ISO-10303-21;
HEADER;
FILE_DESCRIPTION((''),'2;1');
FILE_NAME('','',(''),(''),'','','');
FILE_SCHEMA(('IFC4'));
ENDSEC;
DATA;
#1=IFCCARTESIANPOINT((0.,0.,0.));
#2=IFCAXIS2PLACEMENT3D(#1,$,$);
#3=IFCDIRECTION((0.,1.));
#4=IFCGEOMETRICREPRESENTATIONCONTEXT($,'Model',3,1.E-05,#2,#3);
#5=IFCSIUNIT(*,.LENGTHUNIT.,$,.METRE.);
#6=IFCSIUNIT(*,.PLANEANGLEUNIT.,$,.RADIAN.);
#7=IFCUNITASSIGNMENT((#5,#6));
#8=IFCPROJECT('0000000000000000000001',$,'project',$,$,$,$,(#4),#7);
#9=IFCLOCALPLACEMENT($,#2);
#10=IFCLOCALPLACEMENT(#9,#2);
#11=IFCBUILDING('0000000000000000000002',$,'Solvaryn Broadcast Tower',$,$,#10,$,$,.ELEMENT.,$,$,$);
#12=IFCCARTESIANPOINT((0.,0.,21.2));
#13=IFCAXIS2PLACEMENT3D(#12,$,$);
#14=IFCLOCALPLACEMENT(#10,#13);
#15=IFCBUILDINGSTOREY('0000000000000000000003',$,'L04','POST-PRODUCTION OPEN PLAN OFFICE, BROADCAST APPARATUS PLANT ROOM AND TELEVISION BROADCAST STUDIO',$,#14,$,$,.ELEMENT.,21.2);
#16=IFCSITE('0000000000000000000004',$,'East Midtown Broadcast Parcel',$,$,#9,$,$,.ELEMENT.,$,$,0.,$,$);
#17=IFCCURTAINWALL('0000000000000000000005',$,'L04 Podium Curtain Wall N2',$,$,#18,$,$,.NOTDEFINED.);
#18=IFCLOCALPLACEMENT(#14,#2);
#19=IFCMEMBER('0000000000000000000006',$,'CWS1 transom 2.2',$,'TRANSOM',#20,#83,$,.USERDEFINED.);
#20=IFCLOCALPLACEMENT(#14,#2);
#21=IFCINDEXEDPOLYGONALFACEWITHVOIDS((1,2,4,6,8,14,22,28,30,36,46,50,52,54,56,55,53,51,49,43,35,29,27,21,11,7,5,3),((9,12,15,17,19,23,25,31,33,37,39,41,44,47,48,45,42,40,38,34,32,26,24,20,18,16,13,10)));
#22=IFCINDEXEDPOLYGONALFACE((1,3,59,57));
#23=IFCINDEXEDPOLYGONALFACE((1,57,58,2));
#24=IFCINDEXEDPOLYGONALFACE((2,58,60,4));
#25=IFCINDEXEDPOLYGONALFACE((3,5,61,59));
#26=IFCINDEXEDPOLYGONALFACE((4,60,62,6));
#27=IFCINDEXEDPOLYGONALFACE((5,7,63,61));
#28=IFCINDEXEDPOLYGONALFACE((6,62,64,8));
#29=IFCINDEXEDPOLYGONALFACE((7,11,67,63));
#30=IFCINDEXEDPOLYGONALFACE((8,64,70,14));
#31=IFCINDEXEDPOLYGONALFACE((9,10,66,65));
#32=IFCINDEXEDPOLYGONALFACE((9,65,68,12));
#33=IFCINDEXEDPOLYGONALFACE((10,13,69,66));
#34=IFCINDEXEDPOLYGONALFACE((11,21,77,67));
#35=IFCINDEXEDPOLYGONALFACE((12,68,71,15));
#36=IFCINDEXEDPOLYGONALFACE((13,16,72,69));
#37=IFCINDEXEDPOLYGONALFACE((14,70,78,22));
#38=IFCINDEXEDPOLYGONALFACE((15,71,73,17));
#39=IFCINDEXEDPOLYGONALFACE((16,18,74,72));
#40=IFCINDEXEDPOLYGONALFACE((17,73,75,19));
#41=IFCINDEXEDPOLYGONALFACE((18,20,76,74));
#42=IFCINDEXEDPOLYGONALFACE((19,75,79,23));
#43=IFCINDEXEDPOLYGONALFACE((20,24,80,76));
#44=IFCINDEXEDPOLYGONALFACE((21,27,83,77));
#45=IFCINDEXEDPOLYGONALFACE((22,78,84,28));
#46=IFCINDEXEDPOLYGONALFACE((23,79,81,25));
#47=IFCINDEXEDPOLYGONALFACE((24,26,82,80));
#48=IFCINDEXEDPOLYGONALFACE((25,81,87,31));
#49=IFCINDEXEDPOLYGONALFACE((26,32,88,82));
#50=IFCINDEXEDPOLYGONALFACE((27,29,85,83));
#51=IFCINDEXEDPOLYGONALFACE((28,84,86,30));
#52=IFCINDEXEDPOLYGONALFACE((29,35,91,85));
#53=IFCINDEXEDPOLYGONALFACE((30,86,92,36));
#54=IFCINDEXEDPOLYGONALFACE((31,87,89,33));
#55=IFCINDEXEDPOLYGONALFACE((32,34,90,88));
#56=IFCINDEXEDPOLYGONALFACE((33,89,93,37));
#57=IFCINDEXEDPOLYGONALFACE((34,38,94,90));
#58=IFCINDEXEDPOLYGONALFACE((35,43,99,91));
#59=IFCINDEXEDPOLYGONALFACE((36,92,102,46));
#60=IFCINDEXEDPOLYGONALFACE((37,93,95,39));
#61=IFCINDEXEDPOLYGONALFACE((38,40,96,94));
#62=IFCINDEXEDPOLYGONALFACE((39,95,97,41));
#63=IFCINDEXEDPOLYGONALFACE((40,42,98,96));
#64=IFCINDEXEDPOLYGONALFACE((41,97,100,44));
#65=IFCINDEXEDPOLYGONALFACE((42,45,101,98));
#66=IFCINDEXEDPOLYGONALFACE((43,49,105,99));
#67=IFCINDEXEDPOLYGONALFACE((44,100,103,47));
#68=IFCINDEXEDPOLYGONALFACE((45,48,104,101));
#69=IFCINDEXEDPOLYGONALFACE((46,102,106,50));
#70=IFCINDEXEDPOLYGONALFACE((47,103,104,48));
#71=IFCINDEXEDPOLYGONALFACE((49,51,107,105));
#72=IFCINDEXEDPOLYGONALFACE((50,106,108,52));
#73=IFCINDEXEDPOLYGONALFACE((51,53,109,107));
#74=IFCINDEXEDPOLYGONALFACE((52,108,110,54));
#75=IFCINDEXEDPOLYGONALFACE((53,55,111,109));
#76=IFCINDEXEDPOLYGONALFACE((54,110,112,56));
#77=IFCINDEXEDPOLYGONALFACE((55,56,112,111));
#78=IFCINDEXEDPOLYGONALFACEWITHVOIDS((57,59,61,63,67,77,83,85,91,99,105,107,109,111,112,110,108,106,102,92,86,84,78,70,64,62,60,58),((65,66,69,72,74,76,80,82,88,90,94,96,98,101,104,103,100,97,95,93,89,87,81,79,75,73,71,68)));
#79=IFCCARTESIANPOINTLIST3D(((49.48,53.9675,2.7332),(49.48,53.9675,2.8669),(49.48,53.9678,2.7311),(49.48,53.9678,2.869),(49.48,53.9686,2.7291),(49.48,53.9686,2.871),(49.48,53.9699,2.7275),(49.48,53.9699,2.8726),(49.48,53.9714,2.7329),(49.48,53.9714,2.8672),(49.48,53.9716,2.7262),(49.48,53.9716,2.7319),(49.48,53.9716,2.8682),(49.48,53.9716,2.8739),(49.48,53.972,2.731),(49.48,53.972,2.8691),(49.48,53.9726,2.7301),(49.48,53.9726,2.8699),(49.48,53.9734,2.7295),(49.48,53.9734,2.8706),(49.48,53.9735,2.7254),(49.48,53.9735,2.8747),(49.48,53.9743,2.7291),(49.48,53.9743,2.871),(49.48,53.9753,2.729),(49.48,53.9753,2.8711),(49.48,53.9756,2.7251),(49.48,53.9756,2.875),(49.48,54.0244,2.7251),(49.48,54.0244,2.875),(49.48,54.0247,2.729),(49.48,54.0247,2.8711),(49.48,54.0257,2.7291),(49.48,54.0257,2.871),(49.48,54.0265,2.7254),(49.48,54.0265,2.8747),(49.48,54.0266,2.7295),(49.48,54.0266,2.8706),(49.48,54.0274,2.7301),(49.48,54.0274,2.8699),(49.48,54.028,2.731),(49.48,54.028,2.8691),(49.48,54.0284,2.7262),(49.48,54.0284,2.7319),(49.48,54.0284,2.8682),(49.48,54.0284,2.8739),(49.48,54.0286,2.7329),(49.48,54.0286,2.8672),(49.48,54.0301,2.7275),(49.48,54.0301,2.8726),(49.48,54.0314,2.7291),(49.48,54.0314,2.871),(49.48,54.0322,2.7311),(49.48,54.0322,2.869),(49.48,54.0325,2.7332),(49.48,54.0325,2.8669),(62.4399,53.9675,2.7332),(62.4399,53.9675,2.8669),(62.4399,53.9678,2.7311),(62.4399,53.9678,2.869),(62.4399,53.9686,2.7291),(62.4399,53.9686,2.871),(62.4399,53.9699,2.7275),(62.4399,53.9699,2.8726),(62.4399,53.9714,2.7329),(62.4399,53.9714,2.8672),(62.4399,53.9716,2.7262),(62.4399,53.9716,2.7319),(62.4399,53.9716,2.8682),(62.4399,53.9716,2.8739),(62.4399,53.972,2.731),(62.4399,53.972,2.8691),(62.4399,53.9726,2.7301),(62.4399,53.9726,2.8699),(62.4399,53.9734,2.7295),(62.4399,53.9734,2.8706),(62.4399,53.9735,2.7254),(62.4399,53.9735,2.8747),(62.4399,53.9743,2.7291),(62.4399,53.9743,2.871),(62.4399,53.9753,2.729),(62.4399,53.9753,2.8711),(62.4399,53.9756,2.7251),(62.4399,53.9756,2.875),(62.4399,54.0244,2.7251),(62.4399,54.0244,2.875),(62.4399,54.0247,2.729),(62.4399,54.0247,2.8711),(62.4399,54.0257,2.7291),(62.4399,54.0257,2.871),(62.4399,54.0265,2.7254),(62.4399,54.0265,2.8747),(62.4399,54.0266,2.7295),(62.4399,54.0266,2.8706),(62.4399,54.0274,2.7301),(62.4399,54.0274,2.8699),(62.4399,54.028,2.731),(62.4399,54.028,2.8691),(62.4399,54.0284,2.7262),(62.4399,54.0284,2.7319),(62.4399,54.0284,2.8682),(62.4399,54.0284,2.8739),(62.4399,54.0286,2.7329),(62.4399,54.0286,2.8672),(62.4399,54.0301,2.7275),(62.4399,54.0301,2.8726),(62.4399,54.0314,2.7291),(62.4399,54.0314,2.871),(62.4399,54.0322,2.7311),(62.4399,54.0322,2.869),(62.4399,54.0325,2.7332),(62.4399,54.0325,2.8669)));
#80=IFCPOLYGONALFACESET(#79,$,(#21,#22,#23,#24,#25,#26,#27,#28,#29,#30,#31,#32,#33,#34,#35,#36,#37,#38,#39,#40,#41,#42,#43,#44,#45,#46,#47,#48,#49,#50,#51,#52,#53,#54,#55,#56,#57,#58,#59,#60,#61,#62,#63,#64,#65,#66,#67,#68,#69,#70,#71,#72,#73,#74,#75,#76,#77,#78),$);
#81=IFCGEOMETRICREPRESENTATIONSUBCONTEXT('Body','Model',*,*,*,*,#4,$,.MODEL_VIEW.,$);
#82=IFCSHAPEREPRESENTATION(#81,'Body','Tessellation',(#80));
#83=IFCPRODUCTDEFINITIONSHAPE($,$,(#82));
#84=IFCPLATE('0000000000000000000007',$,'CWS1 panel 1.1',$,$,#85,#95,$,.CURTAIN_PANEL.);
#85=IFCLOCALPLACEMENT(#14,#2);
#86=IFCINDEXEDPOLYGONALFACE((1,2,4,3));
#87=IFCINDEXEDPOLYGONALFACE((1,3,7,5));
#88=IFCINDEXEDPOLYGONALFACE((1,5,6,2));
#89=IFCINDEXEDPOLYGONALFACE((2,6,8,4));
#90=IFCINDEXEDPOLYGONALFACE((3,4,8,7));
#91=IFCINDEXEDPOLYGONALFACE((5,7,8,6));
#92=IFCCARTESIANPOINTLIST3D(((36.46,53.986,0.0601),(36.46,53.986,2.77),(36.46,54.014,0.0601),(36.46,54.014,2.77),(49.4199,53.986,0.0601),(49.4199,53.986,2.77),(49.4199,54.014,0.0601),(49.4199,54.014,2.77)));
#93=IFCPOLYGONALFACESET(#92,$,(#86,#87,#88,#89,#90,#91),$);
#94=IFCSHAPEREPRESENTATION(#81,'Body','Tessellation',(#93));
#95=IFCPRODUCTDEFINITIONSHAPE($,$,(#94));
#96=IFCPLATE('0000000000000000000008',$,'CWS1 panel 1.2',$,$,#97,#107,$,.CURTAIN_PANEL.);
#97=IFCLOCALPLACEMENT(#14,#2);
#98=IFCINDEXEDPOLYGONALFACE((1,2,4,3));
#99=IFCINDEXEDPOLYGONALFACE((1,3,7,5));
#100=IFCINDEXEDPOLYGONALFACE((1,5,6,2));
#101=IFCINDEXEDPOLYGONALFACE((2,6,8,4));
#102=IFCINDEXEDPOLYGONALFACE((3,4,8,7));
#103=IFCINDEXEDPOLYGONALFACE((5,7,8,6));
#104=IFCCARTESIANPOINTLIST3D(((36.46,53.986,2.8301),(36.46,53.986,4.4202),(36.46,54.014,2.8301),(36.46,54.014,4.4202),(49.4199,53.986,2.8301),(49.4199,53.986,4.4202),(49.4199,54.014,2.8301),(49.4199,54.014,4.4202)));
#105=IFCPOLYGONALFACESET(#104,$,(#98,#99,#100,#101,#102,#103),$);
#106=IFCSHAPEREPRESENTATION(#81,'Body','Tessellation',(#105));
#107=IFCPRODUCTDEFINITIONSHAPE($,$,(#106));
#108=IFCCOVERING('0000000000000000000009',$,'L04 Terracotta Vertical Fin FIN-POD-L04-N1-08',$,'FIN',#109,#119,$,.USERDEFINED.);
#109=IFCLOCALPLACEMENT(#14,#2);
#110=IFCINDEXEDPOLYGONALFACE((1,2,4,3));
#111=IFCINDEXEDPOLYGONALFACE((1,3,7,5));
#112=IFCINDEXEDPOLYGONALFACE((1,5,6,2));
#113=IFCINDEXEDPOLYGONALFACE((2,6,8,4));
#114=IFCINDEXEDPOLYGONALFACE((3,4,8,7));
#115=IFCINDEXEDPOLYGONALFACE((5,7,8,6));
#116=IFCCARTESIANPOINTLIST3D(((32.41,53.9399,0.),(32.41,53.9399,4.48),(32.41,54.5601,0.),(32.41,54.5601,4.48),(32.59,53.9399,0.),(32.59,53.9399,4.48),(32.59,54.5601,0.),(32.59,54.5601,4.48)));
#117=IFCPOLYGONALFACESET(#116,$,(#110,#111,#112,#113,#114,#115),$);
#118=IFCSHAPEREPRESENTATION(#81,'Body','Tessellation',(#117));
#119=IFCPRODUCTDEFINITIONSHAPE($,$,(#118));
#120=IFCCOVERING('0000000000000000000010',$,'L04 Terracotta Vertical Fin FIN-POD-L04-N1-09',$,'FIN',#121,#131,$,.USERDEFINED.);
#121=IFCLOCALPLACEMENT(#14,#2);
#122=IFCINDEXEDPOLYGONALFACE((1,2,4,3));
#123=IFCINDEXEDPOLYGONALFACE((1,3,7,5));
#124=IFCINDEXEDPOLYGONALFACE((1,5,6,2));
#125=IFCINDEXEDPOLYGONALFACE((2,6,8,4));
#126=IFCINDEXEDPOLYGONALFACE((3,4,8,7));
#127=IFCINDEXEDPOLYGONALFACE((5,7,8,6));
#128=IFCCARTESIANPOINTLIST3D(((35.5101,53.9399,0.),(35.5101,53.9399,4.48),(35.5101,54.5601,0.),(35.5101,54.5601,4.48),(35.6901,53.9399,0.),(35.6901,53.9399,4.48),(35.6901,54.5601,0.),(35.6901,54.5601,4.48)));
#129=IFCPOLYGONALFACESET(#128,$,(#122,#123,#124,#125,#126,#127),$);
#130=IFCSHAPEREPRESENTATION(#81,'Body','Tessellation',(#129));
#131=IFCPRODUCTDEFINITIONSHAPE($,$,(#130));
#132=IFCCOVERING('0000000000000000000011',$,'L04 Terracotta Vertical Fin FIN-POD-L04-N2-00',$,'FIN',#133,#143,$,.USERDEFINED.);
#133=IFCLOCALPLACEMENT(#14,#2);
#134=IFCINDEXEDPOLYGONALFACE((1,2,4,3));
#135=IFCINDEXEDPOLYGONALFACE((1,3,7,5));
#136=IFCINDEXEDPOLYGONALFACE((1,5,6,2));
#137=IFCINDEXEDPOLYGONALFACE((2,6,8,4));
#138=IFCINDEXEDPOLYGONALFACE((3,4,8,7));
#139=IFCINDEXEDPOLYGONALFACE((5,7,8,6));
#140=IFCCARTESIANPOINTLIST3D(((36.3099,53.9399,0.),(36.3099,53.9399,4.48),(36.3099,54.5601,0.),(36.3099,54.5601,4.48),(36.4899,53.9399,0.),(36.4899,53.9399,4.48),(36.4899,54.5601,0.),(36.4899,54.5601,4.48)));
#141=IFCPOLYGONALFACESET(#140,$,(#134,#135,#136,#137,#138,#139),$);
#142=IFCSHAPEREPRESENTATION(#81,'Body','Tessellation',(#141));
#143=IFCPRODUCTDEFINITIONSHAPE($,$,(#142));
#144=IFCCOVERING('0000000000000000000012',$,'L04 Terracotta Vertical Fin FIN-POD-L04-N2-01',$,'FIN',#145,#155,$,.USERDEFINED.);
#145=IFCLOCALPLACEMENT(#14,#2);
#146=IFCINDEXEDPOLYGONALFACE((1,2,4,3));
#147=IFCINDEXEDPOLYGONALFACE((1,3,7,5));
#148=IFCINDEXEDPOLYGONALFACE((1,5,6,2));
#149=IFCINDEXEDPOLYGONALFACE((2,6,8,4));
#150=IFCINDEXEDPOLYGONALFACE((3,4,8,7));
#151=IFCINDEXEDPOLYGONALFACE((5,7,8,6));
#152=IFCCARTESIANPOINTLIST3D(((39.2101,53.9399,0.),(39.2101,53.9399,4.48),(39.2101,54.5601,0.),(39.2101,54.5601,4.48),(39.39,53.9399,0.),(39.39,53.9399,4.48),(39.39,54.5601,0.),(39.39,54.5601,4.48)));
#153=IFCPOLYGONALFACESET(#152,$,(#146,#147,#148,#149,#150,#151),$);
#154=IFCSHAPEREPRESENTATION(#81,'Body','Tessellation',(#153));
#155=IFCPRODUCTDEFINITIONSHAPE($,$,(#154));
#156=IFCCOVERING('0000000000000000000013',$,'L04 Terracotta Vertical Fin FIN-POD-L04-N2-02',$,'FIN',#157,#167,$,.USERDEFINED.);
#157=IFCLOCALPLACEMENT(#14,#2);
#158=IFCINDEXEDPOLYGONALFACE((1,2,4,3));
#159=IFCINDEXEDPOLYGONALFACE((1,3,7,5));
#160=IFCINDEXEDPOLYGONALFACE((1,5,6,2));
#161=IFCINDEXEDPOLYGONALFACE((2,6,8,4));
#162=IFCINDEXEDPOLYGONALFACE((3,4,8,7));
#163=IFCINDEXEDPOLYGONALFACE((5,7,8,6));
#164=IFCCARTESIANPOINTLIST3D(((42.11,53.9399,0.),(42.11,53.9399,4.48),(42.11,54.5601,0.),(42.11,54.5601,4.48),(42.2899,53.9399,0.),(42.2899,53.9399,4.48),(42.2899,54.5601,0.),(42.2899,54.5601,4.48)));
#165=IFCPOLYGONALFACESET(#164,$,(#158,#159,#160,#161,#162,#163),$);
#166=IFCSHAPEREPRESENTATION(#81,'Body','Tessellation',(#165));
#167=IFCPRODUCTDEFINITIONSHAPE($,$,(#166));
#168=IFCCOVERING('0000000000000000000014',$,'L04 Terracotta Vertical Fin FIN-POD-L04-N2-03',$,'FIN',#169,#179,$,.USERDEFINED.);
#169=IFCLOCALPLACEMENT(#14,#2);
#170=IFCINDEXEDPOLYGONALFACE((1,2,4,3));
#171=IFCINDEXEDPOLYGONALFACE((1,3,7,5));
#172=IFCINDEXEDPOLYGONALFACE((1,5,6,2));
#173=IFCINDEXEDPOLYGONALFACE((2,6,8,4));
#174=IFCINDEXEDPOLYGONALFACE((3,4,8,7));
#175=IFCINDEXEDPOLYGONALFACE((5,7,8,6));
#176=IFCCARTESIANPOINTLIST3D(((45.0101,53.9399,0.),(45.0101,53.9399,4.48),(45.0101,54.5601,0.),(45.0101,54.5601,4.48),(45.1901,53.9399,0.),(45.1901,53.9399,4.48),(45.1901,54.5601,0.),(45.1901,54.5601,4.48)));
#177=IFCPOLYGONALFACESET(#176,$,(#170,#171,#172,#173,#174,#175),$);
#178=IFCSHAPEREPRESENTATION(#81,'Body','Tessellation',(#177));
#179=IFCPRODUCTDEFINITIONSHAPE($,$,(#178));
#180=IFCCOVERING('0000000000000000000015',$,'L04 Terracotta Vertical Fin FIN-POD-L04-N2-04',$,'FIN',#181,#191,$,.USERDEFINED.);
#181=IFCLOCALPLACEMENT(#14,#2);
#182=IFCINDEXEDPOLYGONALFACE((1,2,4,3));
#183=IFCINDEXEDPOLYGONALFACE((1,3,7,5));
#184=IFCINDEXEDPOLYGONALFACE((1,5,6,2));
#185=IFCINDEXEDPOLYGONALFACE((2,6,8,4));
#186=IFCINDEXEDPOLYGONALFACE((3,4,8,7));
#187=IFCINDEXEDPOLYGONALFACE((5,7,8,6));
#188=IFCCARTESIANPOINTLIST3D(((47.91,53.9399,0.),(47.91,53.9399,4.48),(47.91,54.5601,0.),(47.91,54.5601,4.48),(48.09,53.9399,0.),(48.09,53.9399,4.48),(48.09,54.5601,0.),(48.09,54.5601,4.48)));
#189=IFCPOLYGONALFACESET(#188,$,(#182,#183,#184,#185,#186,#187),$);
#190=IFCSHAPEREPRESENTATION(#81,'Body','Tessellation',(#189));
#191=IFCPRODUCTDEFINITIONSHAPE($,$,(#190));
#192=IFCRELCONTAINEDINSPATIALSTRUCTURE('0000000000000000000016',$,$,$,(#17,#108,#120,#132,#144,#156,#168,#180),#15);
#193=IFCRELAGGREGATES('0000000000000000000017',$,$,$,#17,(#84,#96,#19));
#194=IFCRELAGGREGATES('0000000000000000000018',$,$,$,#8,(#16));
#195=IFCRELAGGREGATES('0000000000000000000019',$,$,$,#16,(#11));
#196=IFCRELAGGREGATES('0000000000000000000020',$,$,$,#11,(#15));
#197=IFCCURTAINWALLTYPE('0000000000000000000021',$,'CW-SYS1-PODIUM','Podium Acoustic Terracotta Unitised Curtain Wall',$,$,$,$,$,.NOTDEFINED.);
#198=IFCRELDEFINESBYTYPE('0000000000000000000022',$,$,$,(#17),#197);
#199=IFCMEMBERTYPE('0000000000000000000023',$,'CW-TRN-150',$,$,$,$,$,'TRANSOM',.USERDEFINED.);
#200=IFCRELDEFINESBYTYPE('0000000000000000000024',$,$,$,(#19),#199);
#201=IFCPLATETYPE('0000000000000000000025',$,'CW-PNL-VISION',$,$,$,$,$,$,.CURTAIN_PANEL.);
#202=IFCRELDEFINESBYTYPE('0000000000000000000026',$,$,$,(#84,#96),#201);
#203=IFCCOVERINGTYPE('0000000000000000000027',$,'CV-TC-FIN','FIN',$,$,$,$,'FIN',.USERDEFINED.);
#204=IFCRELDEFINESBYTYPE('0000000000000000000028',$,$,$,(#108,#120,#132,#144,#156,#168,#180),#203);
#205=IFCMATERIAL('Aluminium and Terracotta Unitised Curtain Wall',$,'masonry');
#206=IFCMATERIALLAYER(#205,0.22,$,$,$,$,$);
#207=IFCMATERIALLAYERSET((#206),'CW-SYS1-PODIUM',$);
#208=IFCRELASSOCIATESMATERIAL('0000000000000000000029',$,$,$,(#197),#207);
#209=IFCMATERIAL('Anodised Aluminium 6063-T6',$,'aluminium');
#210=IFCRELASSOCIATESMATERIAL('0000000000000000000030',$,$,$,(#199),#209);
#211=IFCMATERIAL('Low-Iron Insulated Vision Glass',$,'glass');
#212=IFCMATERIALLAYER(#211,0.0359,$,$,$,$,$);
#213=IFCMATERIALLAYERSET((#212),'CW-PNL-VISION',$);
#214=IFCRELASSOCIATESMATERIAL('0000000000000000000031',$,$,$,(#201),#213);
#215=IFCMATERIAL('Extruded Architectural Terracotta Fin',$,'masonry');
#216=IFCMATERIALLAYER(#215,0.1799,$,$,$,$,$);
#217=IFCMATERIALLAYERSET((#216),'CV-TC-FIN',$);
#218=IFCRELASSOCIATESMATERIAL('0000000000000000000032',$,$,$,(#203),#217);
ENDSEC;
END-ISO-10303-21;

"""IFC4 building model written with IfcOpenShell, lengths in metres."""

from ifc_helpers import new_model, si_unit, direction, frame, origin, origin_2d, place, context, subcontext, project, spatial, rectangle, hollow_rectangle, extrude, material, layer, layer_set, material_profile, profile_set, type_object, element, aggregate, save


model = new_model("IFC4")

# Units and contexts
model_context = context("Model", 3, precision=1e-05, world=origin(), true_north=direction((0.0, 1.0)))
body_context = subcontext(model_context, "Body", "Model", "MODEL_VIEW")
ifc_project = project(units=[si_unit("LENGTHUNIT", "METRE"), si_unit("PLANEANGLEUNIT", "RADIAN")], contexts=[model_context])

# Site, building, storey
site_placement = place(None, origin())
site = spatial("IfcSite", under=ifc_project, at=site_placement, Name="East Midtown Broadcast Parcel", CompositionType="ELEMENT", RefElevation=0.0)
building_placement = place(site_placement, origin())
building = spatial("IfcBuilding", under=site, at=building_placement, Name="Solvaryn Broadcast Tower", CompositionType="ELEMENT")
storey_placement = place(building_placement, frame((0.0, 0.0, 21.2)))
storey = spatial("IfcBuildingStorey", under=building, at=storey_placement, Name="L04", Description="POST-PRODUCTION OPEN PLAN OFFICE, BROADCAST APPARATUS PLANT ROOM AND TELEVISION BROADCAST STUDIO", CompositionType="ELEMENT", Elevation=21.2)

# Shared definitions
ifc_material_1 = material(Name="Aluminium and Terracotta Unitised Curtain Wall", Category="masonry")
ifc_layer_1 = layer(ifc_material_1, 0.22)
ifc_layer_set_1 = layer_set([ifc_layer_1], Name="CW-SYS1-PODIUM")
curtain_wall_type = type_object("IfcCurtainWallType", Name="CW-SYS1-PODIUM", Description="Podium Acoustic Terracotta Unitised Curtain Wall", PredefinedType="NOTDEFINED", material=ifc_layer_set_1)

# Curtain wall, member, plates
curtain_wall_1_placement = place(storey_placement, origin())
curtain_wall_1 = element("IfcCurtainWall", 1, at=curtain_wall_1_placement, inside=storey, type_object=curtain_wall_type, Name="L04 Podium Curtain Wall N2", PredefinedType="NOTDEFINED")
ifc_material_2 = material(Name="Anodised Aluminium 6063-T6", Category="aluminium")
ifc_material_profile_1 = material_profile(ifc_material_2, hollow_rectangle(XDim=0.0649, YDim=0.1499, WallThickness=0.0039, InnerFilletRadius=0.0039, OuterFilletRadius=0.0081, at=origin_2d()))
ifc_profile_set_1 = profile_set([ifc_material_profile_1], Name="Anodised Aluminium 6063-T6")
member_type_1 = type_object("IfcMemberType", Name="CW-TRN-150", ElementType="TRANSOM", PredefinedType="USERDEFINED", material=ifc_profile_set_1)
member_1_placement = place(storey_placement, frame((49.48, 54.0, 2.8), z_axis=(1.0, 0.0, 0.0), x_axis=(0.0, 1.0, 0.0)))
member_1 = element("IfcMember", 2, at=member_1_placement, type_object=member_type_1, Name="CWS1 transom 2.2", ObjectType="TRANSOM", PredefinedType="USERDEFINED", context=body_context, shape_type="SweptSolid", body=[
    extrude(hollow_rectangle(XDim=0.0649, YDim=0.1499, WallThickness=0.0039, InnerFilletRadius=0.0039, OuterFilletRadius=0.0081, at=origin_2d()), origin(), (0.0, 0.0, 1.0), 12.96),
])
ifc_material_3 = material(Name="Low-Iron Insulated Vision Glass", Category="glass")
ifc_layer_2 = layer(ifc_material_3, 0.0359)
ifc_layer_set_2 = layer_set([ifc_layer_2], Name="CW-PNL-VISION")
plate_type = type_object("IfcPlateType", Name="CW-PNL-VISION", PredefinedType="CURTAIN_PANEL", material=ifc_layer_set_2)
plate_1_placement = place(storey_placement, frame((42.9399, 54.0, 0.0601), z_axis=(0.0, 0.0, 1.0), x_axis=(1.0, 0.0, 0.0)))
plate_1 = element("IfcPlate", 3, at=plate_1_placement, type_object=plate_type, Name="CWS1 panel 1.1", PredefinedType="CURTAIN_PANEL", context=body_context, shape_type="SweptSolid", body=[
    extrude(rectangle(XDim=12.96, YDim=0.0281, at=origin_2d()), origin(), (0.0, 0.0, 1.0), 2.71),
])
plate_2_placement = place(storey_placement, frame((42.9399, 54.0, 2.8301), z_axis=(0.0, 0.0, 1.0), x_axis=(1.0, 0.0, 0.0)))
plate_2 = element("IfcPlate", 4, at=plate_2_placement, type_object=plate_type, Name="CWS1 panel 1.2", PredefinedType="CURTAIN_PANEL", context=body_context, shape_type="SweptSolid", body=[
    extrude(rectangle(XDim=12.96, YDim=0.0281, at=origin_2d()), origin(), (0.0, 0.0, 1.0), 1.5901),
])
aggregate(curtain_wall_1, [plate_1, plate_2, member_1])

# Coverings
ifc_material_4 = material(Name="Extruded Architectural Terracotta Fin", Category="masonry")
ifc_layer_3 = layer(ifc_material_4, 0.1799)
ifc_layer_set_3 = layer_set([ifc_layer_3], Name="CV-TC-FIN")
covering_type = type_object("IfcCoveringType", Name="CV-TC-FIN", Description="FIN", ElementType="FIN", PredefinedType="USERDEFINED", material=ifc_layer_set_3)
for number, where, z_axis, x_axis, name in (
    (5, (32.5, 54.25, 0.0), (0.0, 0.0, 1.0), (1.0, 0.0, 0.0), "L04 Terracotta Vertical Fin FIN-POD-L04-N1-08"),
    (6, (35.6001, 54.25, 0.0), (0.0, 0.0, 1.0), (1.0, 0.0, 0.0), "L04 Terracotta Vertical Fin FIN-POD-L04-N1-09"),
    (7, (36.3999, 54.25, 0.0), (0.0, 0.0, 1.0), (1.0, 0.0, 0.0), "L04 Terracotta Vertical Fin FIN-POD-L04-N2-00"),
    (8, (39.3, 54.25, 0.0), (0.0, 0.0, 1.0), (1.0, 0.0, 0.0), "L04 Terracotta Vertical Fin FIN-POD-L04-N2-01"),
    (9, (42.2, 54.25, 0.0), (0.0, 0.0, 1.0), (1.0, 0.0, 0.0), "L04 Terracotta Vertical Fin FIN-POD-L04-N2-02"),
    (10, (45.1001, 54.25, 0.0), (0.0, 0.0, 1.0), (1.0, 0.0, 0.0), "L04 Terracotta Vertical Fin FIN-POD-L04-N2-03"),
    (11, (48.0, 54.25, 0.0), (0.0, 0.0, 1.0), (1.0, 0.0, 0.0), "L04 Terracotta Vertical Fin FIN-POD-L04-N2-04"),
):
    element("IfcCovering", number, at=place(storey_placement, frame(where, z_axis=z_axis, x_axis=x_axis)), inside=storey, type_object=covering_type, Name=name, ObjectType="FIN", PredefinedType="USERDEFINED", context=body_context, shape_type="SweptSolid", body=[
        extrude(rectangle(XDim=0.1799, YDim=0.6201, at=origin_2d()), origin(), (0.0, 0.0, 1.0), 4.48),
    ])

save(model, "model.ifc")
